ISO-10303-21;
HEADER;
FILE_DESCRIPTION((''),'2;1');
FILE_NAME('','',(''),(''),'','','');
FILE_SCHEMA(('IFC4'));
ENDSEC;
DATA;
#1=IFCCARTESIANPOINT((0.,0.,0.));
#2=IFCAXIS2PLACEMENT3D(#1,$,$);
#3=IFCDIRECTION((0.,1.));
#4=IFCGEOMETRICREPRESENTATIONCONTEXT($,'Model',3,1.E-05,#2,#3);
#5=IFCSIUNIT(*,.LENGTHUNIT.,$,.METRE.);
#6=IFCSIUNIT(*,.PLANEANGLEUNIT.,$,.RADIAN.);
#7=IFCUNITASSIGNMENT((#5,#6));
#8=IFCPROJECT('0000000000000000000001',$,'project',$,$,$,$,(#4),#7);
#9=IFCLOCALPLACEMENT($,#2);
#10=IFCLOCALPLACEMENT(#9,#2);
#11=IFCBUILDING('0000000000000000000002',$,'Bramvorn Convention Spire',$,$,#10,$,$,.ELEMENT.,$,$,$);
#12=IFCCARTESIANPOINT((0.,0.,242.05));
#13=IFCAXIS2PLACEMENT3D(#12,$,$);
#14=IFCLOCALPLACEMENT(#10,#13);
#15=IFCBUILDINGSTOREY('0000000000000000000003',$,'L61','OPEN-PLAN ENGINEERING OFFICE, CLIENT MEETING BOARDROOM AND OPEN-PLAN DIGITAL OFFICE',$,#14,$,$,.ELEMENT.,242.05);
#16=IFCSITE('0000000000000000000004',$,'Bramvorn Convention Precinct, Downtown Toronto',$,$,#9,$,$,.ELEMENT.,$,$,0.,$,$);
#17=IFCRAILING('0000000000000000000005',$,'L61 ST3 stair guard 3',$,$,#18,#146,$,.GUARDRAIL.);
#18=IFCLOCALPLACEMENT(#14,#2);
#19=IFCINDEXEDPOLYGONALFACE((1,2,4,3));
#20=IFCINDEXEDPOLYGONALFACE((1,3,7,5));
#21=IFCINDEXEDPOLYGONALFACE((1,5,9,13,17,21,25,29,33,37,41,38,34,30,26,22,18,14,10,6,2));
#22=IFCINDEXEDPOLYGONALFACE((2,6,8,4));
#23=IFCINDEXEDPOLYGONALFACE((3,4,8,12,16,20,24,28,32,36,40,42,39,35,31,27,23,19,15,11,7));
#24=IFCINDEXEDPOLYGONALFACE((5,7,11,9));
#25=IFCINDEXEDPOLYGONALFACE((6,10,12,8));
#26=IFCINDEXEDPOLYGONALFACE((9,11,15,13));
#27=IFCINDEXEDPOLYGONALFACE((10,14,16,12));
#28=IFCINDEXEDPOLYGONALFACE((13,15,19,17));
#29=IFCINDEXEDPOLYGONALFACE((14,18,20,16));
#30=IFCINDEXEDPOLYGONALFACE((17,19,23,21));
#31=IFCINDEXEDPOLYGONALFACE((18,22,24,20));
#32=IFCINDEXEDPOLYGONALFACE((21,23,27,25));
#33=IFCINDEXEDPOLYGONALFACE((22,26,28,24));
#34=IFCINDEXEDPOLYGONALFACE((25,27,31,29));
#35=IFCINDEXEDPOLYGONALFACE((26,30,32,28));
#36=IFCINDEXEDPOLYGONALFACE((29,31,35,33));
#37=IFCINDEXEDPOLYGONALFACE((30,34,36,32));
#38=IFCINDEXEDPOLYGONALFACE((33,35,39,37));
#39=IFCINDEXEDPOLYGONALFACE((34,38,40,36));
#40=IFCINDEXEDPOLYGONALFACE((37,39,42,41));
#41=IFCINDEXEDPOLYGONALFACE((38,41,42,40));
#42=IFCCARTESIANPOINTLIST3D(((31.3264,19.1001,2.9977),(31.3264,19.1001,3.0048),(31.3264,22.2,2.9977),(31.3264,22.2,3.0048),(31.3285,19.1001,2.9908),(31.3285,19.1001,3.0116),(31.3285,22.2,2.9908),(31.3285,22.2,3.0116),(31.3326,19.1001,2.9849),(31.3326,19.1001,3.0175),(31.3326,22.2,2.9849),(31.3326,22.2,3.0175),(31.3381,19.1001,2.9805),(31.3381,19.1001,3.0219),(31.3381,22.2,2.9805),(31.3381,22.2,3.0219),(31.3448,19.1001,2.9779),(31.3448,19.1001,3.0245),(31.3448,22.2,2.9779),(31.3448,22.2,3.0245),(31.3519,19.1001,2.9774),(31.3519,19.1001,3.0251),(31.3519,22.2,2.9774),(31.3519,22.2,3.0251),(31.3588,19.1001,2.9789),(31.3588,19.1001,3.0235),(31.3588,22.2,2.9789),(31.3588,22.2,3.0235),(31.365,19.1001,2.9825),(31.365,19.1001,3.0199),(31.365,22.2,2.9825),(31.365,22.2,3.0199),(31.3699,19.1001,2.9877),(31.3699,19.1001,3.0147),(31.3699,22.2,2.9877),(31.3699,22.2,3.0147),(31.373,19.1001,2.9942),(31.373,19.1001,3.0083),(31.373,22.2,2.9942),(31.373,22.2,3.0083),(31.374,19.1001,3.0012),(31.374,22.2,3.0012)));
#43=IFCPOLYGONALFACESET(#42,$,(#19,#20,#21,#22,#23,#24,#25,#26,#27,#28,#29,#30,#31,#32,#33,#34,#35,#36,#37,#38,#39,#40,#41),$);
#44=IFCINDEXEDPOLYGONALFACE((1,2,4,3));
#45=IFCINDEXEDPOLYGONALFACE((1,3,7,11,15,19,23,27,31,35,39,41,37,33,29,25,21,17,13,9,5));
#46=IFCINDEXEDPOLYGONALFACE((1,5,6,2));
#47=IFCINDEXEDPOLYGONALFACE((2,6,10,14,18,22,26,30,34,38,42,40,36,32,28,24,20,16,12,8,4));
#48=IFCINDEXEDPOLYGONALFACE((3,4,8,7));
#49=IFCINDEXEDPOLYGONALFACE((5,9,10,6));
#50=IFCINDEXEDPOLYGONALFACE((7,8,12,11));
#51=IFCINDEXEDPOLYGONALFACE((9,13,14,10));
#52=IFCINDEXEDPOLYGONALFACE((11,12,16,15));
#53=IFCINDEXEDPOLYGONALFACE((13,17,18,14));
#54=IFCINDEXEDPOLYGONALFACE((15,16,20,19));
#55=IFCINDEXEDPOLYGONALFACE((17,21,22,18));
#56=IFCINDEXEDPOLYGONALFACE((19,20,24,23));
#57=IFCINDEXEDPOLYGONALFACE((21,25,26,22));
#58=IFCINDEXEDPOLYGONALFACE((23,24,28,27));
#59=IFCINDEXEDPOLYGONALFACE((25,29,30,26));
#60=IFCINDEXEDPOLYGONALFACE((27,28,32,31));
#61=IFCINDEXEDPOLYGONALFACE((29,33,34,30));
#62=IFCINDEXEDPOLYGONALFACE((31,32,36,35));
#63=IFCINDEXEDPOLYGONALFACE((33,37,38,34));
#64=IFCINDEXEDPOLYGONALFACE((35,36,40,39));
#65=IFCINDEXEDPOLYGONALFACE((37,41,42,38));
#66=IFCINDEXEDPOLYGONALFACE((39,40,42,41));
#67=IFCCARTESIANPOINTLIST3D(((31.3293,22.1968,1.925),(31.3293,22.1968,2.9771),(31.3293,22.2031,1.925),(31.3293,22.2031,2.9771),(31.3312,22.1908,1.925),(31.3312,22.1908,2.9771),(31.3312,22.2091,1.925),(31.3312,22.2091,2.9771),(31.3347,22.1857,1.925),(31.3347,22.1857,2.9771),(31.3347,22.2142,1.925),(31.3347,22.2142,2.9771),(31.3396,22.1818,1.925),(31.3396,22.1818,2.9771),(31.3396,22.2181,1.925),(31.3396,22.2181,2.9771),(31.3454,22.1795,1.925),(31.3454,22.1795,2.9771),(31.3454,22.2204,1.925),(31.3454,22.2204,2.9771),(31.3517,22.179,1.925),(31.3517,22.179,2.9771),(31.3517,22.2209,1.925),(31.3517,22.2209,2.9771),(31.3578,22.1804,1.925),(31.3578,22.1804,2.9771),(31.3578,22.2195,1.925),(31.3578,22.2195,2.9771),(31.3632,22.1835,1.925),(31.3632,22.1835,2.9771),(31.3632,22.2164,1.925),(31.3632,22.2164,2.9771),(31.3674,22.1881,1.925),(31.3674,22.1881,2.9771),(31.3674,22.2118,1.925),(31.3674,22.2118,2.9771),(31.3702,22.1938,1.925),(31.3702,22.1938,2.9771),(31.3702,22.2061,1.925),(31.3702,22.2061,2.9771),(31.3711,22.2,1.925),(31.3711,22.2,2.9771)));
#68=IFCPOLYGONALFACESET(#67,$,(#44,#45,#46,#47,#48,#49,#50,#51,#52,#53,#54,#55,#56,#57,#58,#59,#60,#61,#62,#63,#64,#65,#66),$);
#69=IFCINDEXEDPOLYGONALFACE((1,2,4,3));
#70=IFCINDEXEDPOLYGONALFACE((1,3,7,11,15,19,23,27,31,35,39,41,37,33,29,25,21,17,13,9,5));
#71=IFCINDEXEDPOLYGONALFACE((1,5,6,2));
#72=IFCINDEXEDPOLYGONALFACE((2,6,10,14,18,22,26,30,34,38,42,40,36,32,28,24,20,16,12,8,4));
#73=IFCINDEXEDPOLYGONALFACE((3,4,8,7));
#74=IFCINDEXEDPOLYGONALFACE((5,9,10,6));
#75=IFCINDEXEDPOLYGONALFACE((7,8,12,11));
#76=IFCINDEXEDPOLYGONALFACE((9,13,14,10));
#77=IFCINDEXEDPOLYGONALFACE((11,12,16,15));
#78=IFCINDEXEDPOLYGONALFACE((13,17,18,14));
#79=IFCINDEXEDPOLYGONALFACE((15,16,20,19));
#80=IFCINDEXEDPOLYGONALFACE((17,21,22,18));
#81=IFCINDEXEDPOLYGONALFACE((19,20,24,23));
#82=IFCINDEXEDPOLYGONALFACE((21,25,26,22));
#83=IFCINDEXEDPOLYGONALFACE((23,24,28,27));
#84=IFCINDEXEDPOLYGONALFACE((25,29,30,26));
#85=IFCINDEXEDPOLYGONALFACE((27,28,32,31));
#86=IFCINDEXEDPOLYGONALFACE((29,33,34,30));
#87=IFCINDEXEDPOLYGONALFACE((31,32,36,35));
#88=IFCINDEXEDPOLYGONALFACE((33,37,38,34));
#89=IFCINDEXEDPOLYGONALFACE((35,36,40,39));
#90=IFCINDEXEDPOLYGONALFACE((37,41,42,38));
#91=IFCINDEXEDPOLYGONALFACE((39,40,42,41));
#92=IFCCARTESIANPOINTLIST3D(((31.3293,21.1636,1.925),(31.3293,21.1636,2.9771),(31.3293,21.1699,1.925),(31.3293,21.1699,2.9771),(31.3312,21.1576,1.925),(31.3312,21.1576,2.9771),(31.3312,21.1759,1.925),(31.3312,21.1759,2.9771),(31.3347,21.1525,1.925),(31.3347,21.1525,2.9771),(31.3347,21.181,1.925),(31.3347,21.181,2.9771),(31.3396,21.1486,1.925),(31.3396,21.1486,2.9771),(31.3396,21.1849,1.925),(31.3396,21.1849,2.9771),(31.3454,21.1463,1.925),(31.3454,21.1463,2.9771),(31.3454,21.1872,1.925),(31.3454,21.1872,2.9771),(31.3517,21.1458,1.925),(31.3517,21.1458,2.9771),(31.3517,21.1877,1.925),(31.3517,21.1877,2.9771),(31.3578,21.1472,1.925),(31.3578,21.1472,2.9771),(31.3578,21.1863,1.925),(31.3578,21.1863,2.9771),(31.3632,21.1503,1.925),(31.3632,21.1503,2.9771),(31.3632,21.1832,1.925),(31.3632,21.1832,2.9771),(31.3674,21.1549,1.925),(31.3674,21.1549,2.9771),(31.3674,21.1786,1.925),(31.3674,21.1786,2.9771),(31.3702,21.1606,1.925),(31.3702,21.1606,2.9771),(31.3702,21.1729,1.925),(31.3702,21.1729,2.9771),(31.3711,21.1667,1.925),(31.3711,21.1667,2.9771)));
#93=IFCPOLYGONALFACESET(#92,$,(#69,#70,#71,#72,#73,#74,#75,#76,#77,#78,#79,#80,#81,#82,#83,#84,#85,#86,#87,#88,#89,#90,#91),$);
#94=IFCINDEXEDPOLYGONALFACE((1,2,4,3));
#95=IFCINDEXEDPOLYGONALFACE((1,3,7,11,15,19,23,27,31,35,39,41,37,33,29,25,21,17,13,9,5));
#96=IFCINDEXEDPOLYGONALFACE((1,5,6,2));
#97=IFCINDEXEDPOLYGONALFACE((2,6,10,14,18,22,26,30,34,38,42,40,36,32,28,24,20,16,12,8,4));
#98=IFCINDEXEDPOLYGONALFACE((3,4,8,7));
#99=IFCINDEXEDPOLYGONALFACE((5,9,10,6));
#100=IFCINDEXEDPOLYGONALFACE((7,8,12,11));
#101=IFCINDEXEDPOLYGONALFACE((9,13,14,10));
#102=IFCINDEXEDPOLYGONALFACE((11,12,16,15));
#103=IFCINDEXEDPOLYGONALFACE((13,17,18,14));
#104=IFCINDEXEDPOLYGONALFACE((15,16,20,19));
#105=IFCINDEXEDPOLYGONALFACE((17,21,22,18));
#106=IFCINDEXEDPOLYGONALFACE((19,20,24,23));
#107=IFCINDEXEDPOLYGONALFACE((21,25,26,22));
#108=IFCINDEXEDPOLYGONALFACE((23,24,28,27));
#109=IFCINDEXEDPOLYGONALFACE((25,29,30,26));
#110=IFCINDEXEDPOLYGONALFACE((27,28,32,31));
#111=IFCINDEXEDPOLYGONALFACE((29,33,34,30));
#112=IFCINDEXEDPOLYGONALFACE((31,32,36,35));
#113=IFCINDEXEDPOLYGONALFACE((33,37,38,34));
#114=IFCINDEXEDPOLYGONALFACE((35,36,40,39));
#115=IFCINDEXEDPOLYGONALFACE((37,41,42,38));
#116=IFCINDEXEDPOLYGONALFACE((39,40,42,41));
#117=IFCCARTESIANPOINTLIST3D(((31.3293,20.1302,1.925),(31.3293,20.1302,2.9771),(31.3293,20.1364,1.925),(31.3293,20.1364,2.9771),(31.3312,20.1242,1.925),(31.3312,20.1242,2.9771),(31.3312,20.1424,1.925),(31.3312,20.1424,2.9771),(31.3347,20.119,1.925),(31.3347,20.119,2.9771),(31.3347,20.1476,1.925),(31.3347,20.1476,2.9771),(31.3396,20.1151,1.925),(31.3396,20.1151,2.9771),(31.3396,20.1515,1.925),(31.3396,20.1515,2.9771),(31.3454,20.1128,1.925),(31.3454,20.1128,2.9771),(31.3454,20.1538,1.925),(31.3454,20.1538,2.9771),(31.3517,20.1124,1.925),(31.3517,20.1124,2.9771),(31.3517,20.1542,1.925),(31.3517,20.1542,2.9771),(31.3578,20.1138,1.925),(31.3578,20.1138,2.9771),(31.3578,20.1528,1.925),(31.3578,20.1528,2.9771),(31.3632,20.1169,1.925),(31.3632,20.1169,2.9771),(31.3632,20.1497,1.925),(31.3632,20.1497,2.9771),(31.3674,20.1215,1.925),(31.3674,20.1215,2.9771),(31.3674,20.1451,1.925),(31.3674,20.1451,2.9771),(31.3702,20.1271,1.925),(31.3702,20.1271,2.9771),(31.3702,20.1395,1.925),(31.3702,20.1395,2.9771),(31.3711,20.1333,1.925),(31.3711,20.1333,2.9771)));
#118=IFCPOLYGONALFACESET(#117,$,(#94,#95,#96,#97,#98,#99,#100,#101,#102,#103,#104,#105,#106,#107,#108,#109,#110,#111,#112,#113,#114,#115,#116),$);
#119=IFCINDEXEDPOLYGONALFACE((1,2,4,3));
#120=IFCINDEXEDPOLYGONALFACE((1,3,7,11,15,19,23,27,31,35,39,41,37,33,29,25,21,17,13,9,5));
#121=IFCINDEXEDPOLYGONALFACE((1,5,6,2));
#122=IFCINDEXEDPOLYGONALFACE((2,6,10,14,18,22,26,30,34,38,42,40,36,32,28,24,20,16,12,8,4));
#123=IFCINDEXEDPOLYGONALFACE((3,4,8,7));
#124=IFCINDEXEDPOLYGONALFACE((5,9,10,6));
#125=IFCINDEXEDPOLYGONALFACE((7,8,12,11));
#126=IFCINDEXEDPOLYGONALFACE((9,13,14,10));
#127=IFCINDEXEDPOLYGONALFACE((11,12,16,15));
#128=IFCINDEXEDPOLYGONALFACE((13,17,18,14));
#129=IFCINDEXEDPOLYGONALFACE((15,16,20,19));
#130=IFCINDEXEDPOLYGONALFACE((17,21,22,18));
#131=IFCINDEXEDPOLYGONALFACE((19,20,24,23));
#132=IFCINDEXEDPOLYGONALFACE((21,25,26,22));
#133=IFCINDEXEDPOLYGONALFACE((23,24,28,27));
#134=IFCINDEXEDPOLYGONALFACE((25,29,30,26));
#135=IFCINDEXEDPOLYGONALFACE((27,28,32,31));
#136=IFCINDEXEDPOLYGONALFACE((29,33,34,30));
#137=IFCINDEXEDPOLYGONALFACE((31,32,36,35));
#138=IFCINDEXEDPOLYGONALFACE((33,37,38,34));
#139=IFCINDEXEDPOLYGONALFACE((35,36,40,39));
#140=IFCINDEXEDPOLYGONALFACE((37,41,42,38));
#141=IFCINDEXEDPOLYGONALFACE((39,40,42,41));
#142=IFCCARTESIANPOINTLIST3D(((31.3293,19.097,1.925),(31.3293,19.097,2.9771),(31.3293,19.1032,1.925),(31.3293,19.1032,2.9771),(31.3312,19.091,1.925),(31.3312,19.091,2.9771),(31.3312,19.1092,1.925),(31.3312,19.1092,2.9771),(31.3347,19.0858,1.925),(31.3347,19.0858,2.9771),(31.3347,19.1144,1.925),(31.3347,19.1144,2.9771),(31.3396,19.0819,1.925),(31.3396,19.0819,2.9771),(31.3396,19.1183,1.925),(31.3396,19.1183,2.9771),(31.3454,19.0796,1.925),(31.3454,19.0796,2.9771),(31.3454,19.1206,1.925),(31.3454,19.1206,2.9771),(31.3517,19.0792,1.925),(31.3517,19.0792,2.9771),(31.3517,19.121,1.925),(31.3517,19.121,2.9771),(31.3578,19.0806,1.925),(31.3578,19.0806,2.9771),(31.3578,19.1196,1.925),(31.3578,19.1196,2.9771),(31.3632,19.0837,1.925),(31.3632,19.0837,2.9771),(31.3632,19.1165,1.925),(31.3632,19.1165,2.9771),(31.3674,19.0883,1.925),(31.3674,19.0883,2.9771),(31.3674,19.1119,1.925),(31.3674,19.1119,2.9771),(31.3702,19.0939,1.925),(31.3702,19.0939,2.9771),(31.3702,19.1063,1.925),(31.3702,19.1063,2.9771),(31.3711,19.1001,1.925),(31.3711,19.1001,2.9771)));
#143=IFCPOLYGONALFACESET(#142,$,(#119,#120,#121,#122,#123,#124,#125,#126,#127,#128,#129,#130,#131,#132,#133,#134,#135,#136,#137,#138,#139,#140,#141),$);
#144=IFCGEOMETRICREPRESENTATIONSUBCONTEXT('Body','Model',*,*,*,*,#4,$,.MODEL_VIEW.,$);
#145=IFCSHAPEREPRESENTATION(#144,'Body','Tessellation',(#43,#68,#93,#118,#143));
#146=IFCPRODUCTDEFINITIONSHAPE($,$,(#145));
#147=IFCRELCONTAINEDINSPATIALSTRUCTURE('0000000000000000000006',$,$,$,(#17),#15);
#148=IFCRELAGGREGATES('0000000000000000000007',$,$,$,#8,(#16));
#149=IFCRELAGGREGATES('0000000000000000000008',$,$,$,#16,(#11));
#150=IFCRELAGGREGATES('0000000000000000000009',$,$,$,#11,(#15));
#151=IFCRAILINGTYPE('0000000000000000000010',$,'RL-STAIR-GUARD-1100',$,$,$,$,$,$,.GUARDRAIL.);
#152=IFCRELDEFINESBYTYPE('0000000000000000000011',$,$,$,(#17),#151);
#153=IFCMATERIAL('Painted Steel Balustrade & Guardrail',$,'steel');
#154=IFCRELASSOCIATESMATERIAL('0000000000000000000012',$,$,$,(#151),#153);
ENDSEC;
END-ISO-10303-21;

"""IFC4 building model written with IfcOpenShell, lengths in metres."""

from ifc_helpers import new_model, si_unit, direction, frame, origin, origin_2d, place, context, subcontext, project, spatial, circle, extrude, material, type_object, element, save


model = new_model("IFC4")

# Units and contexts
model_context = context("Model", 3, precision=1e-05, world=origin(), true_north=direction((0.0, 1.0)))
body_context = subcontext(model_context, "Body", "Model", "MODEL_VIEW")
ifc_project = project(units=[si_unit("LENGTHUNIT", "METRE"), si_unit("PLANEANGLEUNIT", "RADIAN")], contexts=[model_context])

# Site, building, storey
site_placement = place(None, origin())
site = spatial("IfcSite", under=ifc_project, at=site_placement, Name="Bramvorn Convention Precinct, Downtown Toronto", CompositionType="ELEMENT", RefElevation=0.0)
building_placement = place(site_placement, origin())
building = spatial("IfcBuilding", under=site, at=building_placement, Name="Bramvorn Convention Spire", CompositionType="ELEMENT")
storey_placement = place(building_placement, frame((0.0, 0.0, 242.05)))
storey = spatial("IfcBuildingStorey", under=building, at=storey_placement, Name="L61", Description="OPEN-PLAN ENGINEERING OFFICE, CLIENT MEETING BOARDROOM AND OPEN-PLAN DIGITAL OFFICE", CompositionType="ELEMENT", Elevation=242.05)

# Railing
ifc_material_1 = material(Name="Painted Steel Balustrade & Guardrail", Category="steel")
railing_type_1 = type_object("IfcRailingType", Name="RL-STAIR-GUARD-1100", PredefinedType="GUARDRAIL", material=ifc_material_1)
for number, where, name in (
    (1, (31.3501, 22.2, 1.925), "L61 ST3 stair guard 3"),
):
    element("IfcRailing", number, at=place(storey_placement, frame(where)), inside=storey, type_object=railing_type_1, Name=name, PredefinedType="GUARDRAIL", context=body_context, shape_type="SweptSolid", body=[
        extrude(circle(Radius=0.0239, at=origin_2d()), frame((0.0, 0.0, 1.0762), z_axis=(0.0, -1.0, 0.0), x_axis=(1.0, 0.0, 0.0)), (0.0, 0.0, 1.0), 3.0999),
        extrude(circle(Radius=0.021, at=origin_2d()), origin(), (0.0, 0.0, 1.0), 1.052),
        extrude(circle(Radius=0.021, at=origin_2d()), frame((0.0, -1.0332, 0.0)), (0.0, 0.0, 1.0), 1.052),
        extrude(circle(Radius=0.021, at=origin_2d()), frame((0.0, -2.0667, 0.0)), (0.0, 0.0, 1.0), 1.052),
        extrude(circle(Radius=0.021, at=origin_2d()), frame((0.0, -3.0999, 0.0)), (0.0, 0.0, 1.0), 1.052),
    ])

save(model, "model.ifc")
